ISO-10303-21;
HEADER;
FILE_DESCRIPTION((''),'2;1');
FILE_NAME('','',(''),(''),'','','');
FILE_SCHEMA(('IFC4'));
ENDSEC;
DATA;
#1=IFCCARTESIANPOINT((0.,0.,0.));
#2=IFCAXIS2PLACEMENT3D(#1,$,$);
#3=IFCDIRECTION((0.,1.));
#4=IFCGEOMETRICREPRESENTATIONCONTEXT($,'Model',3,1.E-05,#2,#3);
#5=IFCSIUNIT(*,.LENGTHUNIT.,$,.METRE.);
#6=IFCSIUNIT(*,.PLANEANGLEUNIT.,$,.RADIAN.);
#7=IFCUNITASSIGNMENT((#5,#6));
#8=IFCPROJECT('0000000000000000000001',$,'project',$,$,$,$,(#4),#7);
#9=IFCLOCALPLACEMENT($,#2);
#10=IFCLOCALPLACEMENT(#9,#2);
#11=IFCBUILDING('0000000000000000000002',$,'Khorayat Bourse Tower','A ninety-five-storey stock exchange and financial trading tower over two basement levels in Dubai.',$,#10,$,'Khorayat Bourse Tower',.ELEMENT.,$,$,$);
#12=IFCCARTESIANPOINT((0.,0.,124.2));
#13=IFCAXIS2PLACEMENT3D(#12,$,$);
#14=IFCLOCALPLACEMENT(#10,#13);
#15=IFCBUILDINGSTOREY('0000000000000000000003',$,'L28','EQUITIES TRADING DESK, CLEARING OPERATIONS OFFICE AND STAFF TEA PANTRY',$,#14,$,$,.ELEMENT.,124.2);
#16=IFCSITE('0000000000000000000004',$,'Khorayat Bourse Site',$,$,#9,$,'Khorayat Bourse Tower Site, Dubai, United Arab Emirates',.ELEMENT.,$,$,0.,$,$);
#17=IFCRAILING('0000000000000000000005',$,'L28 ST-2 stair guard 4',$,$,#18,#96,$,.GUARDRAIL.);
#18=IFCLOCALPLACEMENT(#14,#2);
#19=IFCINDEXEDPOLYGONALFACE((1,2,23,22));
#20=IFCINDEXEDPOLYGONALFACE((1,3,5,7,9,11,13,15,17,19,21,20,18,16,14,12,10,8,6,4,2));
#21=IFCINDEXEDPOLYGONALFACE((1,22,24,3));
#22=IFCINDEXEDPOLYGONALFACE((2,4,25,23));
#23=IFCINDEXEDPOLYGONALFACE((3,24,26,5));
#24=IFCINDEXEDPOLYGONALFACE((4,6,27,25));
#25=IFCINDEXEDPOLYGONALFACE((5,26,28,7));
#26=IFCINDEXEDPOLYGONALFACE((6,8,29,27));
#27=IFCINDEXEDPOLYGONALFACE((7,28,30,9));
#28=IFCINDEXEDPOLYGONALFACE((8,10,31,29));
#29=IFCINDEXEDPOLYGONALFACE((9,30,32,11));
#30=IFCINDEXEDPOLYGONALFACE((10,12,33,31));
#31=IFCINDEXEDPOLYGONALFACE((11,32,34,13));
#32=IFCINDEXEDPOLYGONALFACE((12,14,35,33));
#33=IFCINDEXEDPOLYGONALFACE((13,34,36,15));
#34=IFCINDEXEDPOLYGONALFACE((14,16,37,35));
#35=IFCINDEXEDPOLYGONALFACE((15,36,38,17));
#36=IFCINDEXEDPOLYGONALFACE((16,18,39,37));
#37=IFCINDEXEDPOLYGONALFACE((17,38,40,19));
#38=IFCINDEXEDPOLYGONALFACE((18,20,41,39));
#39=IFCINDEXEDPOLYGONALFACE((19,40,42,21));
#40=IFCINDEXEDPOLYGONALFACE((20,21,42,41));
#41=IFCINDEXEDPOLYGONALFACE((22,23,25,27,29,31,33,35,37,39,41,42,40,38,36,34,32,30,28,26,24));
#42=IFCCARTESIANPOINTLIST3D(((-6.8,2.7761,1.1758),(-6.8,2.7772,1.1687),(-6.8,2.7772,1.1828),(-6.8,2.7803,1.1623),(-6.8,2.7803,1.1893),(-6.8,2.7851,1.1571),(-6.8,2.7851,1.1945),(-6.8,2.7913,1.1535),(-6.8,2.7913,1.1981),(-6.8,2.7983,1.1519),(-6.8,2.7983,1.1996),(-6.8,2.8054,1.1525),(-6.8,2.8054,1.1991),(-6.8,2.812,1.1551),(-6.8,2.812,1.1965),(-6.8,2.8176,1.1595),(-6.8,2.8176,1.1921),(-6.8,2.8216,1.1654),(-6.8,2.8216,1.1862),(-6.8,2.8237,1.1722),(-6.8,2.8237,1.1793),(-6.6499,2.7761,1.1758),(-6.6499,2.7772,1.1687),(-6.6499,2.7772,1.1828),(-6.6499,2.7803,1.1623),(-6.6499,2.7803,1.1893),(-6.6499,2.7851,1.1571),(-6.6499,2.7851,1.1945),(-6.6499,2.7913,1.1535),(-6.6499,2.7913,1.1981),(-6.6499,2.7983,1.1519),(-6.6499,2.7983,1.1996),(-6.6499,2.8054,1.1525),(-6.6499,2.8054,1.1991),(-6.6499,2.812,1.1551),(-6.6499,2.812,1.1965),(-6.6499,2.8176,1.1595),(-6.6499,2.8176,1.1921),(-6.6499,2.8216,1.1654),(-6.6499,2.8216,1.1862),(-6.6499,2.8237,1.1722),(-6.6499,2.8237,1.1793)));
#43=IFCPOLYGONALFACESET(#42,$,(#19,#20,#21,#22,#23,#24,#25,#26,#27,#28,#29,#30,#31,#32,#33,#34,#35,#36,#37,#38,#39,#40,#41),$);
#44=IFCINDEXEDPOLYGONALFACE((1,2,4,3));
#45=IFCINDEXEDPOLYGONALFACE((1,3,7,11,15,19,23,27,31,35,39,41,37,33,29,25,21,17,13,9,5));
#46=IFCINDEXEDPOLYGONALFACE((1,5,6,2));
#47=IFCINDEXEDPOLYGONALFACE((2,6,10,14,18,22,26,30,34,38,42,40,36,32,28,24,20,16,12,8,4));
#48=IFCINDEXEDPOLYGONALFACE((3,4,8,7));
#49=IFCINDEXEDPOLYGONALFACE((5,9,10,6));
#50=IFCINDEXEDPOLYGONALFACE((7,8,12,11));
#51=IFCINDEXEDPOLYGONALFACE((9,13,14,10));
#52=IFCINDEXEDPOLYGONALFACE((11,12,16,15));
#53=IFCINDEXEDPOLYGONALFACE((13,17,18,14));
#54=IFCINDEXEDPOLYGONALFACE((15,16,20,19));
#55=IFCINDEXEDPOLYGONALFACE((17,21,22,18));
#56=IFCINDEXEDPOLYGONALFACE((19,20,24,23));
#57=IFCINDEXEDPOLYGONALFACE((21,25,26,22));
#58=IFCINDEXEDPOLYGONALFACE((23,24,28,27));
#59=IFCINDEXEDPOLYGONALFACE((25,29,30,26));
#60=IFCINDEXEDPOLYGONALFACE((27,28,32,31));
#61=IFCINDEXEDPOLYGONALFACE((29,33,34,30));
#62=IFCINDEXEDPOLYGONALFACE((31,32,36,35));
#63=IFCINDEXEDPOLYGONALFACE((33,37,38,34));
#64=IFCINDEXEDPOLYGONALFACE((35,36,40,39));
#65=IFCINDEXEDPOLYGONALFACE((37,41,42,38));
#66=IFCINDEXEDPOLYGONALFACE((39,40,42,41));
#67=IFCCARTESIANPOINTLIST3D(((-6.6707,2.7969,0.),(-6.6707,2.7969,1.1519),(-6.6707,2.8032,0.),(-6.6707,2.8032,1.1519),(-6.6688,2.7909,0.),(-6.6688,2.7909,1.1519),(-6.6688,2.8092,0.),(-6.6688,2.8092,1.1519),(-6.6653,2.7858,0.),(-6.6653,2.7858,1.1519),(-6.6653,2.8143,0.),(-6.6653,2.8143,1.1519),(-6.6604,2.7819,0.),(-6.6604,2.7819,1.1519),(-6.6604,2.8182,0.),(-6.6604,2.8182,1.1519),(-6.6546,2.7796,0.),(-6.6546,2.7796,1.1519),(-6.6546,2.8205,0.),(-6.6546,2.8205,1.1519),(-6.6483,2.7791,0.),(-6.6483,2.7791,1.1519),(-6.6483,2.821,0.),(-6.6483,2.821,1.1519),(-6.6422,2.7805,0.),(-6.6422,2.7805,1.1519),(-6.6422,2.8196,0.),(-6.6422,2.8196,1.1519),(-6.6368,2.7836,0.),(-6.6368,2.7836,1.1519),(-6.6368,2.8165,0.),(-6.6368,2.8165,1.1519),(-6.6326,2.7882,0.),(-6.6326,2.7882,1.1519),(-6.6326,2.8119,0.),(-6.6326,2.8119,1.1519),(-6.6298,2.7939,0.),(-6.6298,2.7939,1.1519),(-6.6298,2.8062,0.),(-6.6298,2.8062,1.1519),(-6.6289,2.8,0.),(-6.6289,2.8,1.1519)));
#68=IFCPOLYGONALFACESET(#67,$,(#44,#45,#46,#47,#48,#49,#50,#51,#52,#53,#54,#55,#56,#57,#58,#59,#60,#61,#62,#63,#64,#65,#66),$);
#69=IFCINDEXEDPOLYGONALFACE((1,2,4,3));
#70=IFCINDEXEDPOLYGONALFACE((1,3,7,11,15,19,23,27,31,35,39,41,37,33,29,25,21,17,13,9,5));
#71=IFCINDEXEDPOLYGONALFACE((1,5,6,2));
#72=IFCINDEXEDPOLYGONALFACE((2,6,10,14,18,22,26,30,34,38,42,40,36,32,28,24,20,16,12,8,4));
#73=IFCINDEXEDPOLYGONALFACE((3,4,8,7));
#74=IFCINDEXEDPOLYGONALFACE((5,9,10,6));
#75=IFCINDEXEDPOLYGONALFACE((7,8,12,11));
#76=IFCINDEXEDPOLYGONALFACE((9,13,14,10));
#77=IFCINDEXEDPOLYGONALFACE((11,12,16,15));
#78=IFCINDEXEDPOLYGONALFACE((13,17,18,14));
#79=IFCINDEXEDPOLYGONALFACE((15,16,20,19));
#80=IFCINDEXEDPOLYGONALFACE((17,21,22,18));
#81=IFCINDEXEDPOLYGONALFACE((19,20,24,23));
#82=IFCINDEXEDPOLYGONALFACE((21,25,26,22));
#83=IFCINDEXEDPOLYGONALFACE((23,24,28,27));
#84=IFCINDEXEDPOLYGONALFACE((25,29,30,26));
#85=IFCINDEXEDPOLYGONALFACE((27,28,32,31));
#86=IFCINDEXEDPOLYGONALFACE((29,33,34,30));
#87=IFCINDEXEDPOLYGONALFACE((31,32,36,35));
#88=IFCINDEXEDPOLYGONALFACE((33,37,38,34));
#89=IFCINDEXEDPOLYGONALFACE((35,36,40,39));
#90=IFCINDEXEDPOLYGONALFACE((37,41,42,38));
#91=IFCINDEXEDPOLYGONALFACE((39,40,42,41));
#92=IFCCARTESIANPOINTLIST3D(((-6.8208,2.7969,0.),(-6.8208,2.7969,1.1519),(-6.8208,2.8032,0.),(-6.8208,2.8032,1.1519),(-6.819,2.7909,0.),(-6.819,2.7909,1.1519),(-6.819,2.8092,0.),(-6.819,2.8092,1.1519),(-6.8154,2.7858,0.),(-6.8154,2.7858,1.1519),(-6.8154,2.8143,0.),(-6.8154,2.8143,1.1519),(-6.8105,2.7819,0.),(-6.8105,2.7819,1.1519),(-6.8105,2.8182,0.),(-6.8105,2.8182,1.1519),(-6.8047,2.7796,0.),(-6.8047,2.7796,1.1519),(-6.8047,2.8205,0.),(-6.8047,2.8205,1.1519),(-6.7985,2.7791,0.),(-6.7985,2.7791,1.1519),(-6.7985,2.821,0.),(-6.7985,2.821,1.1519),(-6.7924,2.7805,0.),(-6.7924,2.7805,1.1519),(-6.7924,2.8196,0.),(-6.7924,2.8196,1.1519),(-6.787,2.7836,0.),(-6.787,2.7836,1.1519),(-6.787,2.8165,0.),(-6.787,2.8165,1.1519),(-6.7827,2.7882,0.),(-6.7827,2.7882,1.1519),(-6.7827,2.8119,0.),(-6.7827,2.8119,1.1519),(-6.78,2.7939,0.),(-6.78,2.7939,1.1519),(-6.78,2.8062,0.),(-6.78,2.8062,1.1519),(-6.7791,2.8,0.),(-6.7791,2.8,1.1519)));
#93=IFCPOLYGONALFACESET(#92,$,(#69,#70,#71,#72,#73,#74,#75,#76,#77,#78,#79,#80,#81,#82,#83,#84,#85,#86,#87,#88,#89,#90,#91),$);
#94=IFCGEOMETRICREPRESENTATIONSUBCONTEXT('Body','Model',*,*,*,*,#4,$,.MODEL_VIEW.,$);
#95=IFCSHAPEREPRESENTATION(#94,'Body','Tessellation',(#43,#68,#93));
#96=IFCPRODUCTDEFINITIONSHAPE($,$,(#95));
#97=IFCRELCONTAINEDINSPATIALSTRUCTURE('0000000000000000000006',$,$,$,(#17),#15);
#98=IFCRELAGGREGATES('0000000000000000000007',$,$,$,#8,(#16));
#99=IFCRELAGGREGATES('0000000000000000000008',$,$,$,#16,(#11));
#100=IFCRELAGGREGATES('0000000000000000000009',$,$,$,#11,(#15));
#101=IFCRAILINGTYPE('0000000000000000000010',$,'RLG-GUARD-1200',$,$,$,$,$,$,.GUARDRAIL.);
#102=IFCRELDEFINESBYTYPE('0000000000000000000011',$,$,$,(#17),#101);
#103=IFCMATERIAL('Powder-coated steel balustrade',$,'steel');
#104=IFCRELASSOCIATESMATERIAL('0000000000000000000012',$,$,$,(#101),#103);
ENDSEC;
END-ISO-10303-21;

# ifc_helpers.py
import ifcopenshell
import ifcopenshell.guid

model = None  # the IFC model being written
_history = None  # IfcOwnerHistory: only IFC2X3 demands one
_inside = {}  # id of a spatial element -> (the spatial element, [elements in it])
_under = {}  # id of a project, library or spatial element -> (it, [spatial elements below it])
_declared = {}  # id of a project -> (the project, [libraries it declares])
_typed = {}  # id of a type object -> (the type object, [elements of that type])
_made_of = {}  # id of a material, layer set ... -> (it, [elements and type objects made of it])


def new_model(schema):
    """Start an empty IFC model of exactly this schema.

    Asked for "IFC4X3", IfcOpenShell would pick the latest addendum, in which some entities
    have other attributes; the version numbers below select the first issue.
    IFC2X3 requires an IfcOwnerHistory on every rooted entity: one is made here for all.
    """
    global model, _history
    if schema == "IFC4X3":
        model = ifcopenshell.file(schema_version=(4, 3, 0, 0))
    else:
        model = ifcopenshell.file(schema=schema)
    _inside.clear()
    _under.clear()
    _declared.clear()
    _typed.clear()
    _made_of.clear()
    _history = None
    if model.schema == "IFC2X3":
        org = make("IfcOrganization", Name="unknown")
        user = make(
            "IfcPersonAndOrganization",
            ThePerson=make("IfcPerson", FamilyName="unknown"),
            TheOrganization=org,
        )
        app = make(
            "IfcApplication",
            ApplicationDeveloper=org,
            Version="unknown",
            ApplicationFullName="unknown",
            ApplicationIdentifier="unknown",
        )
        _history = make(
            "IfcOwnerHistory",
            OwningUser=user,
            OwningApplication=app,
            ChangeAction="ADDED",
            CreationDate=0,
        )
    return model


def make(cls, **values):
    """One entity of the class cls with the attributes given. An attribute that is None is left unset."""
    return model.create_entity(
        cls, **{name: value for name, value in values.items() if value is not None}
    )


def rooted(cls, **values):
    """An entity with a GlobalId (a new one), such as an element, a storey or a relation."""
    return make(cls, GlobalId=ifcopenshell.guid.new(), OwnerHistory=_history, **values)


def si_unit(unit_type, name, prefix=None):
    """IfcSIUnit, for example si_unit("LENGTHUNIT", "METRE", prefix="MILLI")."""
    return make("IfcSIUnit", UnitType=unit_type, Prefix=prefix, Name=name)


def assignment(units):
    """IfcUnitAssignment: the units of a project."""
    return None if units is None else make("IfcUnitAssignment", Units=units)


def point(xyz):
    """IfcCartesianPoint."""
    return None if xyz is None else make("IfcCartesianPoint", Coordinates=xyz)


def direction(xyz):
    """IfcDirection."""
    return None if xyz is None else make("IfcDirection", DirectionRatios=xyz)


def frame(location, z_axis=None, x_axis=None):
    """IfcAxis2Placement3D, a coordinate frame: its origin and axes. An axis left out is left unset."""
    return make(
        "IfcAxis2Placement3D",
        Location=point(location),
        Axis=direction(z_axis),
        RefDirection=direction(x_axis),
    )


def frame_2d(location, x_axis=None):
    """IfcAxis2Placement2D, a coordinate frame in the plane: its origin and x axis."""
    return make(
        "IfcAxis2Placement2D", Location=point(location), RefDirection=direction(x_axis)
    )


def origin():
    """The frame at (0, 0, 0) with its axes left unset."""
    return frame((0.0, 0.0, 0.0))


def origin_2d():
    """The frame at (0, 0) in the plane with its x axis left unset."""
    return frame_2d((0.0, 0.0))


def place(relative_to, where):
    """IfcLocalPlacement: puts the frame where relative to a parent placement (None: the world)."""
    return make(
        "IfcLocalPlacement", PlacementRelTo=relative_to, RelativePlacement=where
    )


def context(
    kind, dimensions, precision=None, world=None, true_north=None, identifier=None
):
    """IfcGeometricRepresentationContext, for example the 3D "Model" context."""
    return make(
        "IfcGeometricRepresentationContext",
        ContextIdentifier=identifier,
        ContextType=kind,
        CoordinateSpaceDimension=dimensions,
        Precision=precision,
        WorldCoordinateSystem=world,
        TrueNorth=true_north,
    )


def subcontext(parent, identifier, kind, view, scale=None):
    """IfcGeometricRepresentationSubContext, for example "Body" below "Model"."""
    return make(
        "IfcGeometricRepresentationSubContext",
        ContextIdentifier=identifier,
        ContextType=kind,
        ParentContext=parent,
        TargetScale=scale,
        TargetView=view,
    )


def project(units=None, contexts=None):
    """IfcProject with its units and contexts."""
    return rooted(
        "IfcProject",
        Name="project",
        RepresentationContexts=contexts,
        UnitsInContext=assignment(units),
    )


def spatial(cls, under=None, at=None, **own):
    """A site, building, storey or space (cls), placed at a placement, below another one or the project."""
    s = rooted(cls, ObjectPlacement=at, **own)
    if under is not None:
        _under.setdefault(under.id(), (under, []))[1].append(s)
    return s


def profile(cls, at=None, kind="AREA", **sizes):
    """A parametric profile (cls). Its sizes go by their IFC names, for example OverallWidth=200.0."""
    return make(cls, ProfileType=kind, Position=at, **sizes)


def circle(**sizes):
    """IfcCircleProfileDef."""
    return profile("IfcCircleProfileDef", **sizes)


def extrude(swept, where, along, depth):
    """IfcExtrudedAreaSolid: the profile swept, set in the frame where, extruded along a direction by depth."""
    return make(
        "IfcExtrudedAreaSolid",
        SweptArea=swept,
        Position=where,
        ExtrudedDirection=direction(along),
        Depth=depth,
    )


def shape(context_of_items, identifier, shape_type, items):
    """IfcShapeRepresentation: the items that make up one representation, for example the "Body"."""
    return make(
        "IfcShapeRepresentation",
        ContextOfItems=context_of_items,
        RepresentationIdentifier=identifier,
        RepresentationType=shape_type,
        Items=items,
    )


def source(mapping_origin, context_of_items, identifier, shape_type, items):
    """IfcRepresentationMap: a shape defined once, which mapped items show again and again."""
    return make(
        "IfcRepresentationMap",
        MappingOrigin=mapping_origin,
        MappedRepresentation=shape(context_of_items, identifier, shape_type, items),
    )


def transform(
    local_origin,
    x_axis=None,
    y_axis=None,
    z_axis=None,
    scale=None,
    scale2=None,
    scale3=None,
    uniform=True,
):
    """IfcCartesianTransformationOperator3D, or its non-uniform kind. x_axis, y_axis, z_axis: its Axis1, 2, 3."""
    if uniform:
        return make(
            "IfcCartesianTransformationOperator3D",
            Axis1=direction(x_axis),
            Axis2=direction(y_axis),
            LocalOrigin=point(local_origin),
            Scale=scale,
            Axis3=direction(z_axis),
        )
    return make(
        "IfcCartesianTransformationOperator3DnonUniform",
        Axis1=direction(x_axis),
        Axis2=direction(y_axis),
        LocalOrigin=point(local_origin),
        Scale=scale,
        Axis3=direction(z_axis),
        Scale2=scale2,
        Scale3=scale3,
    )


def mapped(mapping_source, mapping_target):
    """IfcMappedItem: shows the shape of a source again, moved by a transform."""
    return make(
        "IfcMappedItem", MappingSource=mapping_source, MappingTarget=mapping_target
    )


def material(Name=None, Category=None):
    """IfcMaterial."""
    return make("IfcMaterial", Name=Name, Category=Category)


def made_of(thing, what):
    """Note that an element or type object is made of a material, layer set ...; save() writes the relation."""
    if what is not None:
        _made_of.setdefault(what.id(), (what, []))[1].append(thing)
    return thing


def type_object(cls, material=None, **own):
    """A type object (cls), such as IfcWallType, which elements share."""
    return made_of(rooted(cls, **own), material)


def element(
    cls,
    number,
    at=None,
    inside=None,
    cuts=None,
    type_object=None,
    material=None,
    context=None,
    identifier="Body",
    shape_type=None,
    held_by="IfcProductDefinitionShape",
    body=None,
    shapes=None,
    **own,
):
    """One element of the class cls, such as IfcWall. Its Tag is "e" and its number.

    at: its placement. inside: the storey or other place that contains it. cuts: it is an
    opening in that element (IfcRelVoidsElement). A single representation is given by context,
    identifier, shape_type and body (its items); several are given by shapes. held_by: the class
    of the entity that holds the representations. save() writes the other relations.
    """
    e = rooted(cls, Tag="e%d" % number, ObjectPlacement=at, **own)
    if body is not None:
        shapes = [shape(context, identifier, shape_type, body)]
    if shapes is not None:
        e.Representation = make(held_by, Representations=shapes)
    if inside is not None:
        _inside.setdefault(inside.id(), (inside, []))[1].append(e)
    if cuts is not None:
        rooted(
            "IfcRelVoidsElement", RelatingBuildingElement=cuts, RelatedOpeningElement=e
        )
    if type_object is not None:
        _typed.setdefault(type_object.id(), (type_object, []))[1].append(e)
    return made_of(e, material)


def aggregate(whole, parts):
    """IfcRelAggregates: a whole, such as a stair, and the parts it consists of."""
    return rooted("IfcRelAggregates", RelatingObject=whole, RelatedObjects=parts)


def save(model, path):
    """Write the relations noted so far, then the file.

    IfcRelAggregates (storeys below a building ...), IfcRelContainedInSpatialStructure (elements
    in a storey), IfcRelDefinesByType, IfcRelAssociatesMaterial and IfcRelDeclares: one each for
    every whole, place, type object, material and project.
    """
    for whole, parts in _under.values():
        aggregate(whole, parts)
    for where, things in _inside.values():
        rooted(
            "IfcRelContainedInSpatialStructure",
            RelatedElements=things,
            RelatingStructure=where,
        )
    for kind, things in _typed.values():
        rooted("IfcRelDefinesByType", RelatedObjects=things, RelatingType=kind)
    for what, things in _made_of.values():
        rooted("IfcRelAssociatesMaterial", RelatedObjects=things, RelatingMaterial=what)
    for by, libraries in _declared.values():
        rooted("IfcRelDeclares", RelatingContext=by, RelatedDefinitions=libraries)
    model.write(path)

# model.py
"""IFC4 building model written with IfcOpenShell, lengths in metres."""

from ifc_helpers import new_model, si_unit, direction, frame, origin, origin_2d, place, context, subcontext, project, spatial, circle, extrude, source, transform, mapped, material, type_object, element, save


model = new_model("IFC4")

# Units and contexts
model_context = context("Model", 3, precision=1e-05, world=origin(), true_north=direction((0.0, 1.0)))
body_context = subcontext(model_context, "Body", "Model", "MODEL_VIEW")
ifc_project = project(units=[si_unit("LENGTHUNIT", "METRE"), si_unit("PLANEANGLEUNIT", "RADIAN")], contexts=[model_context])

# Site, building, storey
site_placement = place(None, origin())
site = spatial("IfcSite", under=ifc_project, at=site_placement, Name="Khorayat Bourse Site", LongName="Khorayat Bourse Tower Site, Dubai, United Arab Emirates", CompositionType="ELEMENT", RefElevation=0.0)
building_placement = place(site_placement, origin())
building = spatial("IfcBuilding", under=site, at=building_placement, Name="Khorayat Bourse Tower", Description="A ninety-five-storey stock exchange and financial trading tower over two basement levels in Dubai.", LongName="Khorayat Bourse Tower", CompositionType="ELEMENT")
storey_placement = place(building_placement, frame((0.0, 0.0, 124.2)))
storey = spatial("IfcBuildingStorey", under=building, at=storey_placement, Name="L28", Description="EQUITIES TRADING DESK, CLEARING OPERATIONS OFFICE AND STAFF TEA PANTRY", CompositionType="ELEMENT", Elevation=124.2)

# Railing
ifc_material_1 = material(Name="Powder-coated steel balustrade", Category="steel")
railing_type_1 = type_object("IfcRailingType", Name="RLG-GUARD-1200", PredefinedType="GUARDRAIL", material=ifc_material_1)
shared_shape_1 = source(origin(), body_context, "Body", "SweptSolid", [
    extrude(circle(Radius=0.0239, at=origin_2d()), frame((0.0, 0.0, 1.1758), z_axis=(-1.0, 0.0, 0.0), x_axis=(0.0, -1.0, 0.0)), (0.0, 0.0, 1.0), 0.1501),
    extrude(circle(Radius=0.021, at=origin_2d()), origin(), (0.0, 0.0, 1.0), 1.1519),
    extrude(circle(Radius=0.021, at=origin_2d()), frame((-0.1501, 0.0, 0.0)), (0.0, 0.0, 1.0), 1.1519),
])
for number, where, name in (
    (1, (-6.6499, 2.8, 0.0), "L28 ST-2 stair guard 4"),
):
    element("IfcRailing", number, at=place(storey_placement, frame(where)), inside=storey, type_object=railing_type_1, Name=name, PredefinedType="GUARDRAIL", context=body_context, shape_type="MappedRepresentation", body=[
        mapped(shared_shape_1, transform((0.0, 0.0, 0.0), scale=1.0)),
    ])

save(model, "model.ifc")
